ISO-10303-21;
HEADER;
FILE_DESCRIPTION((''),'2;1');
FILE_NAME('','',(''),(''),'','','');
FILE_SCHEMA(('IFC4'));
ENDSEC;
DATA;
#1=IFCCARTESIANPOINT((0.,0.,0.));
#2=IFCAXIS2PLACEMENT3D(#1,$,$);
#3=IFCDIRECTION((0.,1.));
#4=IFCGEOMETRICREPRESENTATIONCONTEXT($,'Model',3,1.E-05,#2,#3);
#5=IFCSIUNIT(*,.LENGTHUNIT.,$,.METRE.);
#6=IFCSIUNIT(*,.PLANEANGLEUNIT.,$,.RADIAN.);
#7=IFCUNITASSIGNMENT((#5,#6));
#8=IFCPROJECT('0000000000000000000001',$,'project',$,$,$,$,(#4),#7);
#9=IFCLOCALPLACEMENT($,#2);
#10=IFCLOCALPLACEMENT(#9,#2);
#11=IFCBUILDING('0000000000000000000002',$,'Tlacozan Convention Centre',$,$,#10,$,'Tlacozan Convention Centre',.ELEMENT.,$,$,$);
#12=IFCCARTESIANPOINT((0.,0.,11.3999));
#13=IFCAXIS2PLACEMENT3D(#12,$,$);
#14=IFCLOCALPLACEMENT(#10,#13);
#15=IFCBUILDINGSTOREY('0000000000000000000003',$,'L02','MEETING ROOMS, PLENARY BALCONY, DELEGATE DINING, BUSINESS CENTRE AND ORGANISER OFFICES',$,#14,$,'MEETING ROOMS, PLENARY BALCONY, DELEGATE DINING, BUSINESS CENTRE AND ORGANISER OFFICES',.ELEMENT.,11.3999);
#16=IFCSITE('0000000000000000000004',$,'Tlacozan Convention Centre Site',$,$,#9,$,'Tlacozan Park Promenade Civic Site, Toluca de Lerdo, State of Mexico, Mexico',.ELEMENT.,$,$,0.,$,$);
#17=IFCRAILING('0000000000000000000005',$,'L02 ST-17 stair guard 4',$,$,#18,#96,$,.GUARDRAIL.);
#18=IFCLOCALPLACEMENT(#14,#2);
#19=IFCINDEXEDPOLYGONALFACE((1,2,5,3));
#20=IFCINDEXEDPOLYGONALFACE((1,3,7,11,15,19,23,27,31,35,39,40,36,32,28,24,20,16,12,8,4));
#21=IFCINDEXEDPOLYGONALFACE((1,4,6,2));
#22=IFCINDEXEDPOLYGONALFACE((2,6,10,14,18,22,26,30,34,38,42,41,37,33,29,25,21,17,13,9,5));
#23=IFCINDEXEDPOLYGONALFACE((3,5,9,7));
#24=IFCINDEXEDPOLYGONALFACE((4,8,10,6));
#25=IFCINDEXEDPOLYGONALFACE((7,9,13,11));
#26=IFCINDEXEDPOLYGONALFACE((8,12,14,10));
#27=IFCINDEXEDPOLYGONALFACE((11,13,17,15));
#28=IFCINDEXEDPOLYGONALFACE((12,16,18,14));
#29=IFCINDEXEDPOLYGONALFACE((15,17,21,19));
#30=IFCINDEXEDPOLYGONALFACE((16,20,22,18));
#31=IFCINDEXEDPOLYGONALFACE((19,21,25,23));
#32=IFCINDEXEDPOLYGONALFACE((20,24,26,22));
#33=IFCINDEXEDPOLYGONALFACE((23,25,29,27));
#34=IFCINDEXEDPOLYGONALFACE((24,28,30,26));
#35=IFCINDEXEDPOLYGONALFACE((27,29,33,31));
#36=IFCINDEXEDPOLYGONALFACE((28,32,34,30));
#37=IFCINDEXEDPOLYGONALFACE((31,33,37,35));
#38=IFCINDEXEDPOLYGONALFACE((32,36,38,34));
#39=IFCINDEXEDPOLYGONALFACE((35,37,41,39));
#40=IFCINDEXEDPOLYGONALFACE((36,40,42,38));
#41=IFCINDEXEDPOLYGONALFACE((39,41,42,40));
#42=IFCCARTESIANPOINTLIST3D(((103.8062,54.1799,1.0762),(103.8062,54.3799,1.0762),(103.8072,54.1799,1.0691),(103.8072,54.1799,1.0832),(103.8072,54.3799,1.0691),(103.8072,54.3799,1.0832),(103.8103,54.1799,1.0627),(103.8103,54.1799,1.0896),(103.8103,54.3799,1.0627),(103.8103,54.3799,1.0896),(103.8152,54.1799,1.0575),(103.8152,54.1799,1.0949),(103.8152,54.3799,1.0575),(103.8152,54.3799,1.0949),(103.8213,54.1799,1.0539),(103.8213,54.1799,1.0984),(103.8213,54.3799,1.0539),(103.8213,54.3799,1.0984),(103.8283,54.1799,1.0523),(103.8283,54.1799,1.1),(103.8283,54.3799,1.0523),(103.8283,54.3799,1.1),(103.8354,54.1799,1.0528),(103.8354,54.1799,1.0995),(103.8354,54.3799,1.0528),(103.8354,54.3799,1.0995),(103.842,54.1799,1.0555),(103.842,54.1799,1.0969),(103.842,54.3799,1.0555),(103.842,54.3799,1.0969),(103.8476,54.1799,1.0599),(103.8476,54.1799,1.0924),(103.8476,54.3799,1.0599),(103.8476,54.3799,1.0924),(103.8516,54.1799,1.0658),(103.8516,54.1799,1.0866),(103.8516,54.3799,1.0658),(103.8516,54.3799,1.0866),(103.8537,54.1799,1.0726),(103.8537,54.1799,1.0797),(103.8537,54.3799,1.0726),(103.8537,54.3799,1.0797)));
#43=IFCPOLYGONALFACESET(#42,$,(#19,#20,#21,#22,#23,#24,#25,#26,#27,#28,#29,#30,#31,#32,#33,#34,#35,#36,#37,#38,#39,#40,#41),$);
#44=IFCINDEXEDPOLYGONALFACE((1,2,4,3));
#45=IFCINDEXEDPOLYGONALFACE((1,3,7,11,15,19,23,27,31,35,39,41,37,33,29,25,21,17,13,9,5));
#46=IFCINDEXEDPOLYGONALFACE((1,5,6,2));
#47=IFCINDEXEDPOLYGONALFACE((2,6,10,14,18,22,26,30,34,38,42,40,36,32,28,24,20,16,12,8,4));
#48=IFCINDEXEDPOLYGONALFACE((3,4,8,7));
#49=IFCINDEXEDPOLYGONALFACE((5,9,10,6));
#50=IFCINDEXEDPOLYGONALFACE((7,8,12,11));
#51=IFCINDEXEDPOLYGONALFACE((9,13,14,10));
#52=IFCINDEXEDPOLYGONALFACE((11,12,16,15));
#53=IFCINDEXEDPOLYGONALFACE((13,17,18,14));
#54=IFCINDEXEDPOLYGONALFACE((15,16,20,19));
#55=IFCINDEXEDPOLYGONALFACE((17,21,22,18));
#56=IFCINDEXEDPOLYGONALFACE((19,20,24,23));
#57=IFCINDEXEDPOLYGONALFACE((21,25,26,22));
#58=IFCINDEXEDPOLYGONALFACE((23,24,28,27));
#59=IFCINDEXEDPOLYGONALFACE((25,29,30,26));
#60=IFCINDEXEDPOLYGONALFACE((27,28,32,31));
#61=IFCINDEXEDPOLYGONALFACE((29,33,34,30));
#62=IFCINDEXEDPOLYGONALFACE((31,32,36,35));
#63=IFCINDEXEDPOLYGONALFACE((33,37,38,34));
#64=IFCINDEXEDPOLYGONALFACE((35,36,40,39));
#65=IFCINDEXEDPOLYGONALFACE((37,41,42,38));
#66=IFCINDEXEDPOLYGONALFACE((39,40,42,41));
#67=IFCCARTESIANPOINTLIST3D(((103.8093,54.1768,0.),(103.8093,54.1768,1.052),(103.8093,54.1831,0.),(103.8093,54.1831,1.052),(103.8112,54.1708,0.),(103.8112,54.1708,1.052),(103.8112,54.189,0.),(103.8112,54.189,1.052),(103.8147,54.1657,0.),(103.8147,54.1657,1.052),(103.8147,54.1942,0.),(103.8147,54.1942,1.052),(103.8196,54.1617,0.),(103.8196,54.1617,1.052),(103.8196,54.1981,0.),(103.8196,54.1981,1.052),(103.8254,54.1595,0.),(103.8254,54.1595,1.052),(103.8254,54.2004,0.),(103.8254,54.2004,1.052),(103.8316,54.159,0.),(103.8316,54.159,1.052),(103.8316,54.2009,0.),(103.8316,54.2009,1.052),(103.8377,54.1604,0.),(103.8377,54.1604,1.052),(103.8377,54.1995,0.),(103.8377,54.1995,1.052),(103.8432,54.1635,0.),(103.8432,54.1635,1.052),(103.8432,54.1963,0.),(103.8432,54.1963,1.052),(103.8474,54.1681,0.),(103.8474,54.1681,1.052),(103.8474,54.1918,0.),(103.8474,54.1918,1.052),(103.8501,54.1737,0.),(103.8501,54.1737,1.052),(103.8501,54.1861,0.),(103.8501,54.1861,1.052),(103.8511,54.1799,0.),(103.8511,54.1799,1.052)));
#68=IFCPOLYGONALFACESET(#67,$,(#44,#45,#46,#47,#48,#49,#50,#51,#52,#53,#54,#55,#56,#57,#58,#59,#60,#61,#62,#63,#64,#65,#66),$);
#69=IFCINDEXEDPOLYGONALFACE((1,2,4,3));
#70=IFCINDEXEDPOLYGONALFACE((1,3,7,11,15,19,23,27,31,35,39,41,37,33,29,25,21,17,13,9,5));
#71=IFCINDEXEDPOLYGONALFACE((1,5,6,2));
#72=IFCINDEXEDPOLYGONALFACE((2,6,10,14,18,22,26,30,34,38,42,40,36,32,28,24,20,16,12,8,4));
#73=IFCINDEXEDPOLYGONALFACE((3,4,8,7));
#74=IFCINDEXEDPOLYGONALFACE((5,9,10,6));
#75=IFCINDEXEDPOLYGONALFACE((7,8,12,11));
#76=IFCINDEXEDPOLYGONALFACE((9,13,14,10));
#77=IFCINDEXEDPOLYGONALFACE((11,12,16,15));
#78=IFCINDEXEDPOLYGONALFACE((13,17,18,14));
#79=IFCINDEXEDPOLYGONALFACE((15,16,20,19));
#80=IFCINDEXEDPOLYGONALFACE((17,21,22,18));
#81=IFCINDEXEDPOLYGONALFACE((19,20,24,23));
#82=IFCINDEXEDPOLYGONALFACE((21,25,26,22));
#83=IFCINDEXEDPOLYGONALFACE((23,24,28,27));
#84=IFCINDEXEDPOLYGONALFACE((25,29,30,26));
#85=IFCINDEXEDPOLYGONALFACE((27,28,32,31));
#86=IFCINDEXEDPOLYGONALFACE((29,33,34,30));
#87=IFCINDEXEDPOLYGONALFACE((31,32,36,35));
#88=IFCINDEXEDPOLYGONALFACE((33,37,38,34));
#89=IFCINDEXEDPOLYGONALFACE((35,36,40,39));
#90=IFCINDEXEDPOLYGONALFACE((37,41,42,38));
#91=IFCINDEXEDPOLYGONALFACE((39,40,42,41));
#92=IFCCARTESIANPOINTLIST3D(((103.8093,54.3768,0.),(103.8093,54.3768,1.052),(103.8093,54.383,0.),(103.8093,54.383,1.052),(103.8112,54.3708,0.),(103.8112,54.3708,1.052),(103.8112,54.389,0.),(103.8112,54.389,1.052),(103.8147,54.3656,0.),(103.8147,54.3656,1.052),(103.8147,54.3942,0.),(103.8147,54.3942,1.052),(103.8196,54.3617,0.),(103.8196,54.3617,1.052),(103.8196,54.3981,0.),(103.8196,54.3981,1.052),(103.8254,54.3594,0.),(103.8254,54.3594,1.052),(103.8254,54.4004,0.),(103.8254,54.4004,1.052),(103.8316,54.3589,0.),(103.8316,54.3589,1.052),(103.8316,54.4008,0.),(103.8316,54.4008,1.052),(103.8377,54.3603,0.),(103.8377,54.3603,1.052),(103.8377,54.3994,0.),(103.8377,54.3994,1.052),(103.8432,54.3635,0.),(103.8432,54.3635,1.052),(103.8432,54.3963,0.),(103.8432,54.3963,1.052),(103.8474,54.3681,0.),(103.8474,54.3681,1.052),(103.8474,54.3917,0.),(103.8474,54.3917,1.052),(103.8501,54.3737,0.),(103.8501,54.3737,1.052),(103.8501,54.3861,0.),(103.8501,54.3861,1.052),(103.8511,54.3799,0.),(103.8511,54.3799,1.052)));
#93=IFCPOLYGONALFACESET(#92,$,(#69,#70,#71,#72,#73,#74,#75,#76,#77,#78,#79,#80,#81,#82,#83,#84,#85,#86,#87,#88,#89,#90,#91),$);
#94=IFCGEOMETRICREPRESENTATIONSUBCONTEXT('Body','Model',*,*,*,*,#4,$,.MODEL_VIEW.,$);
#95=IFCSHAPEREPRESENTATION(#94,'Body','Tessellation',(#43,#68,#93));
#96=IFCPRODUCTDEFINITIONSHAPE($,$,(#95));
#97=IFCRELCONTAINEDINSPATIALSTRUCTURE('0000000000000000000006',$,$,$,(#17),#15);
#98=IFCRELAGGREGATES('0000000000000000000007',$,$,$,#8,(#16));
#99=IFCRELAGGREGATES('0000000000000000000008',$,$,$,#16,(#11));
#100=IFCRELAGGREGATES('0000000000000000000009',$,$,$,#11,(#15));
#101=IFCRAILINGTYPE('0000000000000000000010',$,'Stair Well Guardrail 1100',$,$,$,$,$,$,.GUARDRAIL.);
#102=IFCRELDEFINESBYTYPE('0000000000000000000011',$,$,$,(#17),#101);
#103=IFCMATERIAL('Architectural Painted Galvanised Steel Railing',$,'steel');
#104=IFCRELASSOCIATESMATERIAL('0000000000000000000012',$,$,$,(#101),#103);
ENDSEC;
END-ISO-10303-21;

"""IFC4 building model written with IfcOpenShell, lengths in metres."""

from ifc_helpers import new_model, si_unit, direction, frame, origin, origin_2d, place, context, subcontext, project, spatial, circle, extrude, material, type_object, element, save


model = new_model("IFC4")

# Units and contexts
model_context = context("Model", 3, precision=1e-05, world=origin(), true_north=direction((0.0, 1.0)))
body_context = subcontext(model_context, "Body", "Model", "MODEL_VIEW")
ifc_project = project(units=[si_unit("LENGTHUNIT", "METRE"), si_unit("PLANEANGLEUNIT", "RADIAN")], contexts=[model_context])

# Site, building, storey
site_placement = place(None, origin())
site = spatial("IfcSite", under=ifc_project, at=site_placement, Name="Tlacozan Convention Centre Site", LongName="Tlacozan Park Promenade Civic Site, Toluca de Lerdo, State of Mexico, Mexico", CompositionType="ELEMENT", RefElevation=0.0)
building_placement = place(site_placement, origin())
building = spatial("IfcBuilding", under=site, at=building_placement, Name="Tlacozan Convention Centre", LongName="Tlacozan Convention Centre", CompositionType="ELEMENT")
storey_placement = place(building_placement, frame((0.0, 0.0, 11.3999)))
storey = spatial("IfcBuildingStorey", under=building, at=storey_placement, Name="L02", Description="MEETING ROOMS, PLENARY BALCONY, DELEGATE DINING, BUSINESS CENTRE AND ORGANISER OFFICES", LongName="MEETING ROOMS, PLENARY BALCONY, DELEGATE DINING, BUSINESS CENTRE AND ORGANISER OFFICES", CompositionType="ELEMENT", Elevation=11.3999)

# Railing
ifc_material_1 = material(Name="Architectural Painted Galvanised Steel Railing", Category="steel")
railing_type_1 = type_object("IfcRailingType", Name="Stair Well Guardrail 1100", PredefinedType="GUARDRAIL", material=ifc_material_1)
railing_1_placement = place(storey_placement, frame((103.8301, 54.1799, 0.0)))
element("IfcRailing", 1, at=railing_1_placement, inside=storey, type_object=railing_type_1, Name="L02 ST-17 stair guard 4", PredefinedType="GUARDRAIL", context=body_context, shape_type="SweptSolid", body=[
    extrude(circle(Radius=0.0239, at=origin_2d()), frame((0.0, 0.0, 1.0762), z_axis=(0.0, 1.0, 0.0), x_axis=(-1.0, 0.0, 0.0)), (0.0, 0.0, 1.0), 0.2),
    extrude(circle(Radius=0.021, at=origin_2d()), origin(), (0.0, 0.0, 1.0), 1.052),
    extrude(circle(Radius=0.021, at=origin_2d()), frame((0.0, 0.2, 0.0)), (0.0, 0.0, 1.0), 1.052),
])

save(model, "model.ifc")
